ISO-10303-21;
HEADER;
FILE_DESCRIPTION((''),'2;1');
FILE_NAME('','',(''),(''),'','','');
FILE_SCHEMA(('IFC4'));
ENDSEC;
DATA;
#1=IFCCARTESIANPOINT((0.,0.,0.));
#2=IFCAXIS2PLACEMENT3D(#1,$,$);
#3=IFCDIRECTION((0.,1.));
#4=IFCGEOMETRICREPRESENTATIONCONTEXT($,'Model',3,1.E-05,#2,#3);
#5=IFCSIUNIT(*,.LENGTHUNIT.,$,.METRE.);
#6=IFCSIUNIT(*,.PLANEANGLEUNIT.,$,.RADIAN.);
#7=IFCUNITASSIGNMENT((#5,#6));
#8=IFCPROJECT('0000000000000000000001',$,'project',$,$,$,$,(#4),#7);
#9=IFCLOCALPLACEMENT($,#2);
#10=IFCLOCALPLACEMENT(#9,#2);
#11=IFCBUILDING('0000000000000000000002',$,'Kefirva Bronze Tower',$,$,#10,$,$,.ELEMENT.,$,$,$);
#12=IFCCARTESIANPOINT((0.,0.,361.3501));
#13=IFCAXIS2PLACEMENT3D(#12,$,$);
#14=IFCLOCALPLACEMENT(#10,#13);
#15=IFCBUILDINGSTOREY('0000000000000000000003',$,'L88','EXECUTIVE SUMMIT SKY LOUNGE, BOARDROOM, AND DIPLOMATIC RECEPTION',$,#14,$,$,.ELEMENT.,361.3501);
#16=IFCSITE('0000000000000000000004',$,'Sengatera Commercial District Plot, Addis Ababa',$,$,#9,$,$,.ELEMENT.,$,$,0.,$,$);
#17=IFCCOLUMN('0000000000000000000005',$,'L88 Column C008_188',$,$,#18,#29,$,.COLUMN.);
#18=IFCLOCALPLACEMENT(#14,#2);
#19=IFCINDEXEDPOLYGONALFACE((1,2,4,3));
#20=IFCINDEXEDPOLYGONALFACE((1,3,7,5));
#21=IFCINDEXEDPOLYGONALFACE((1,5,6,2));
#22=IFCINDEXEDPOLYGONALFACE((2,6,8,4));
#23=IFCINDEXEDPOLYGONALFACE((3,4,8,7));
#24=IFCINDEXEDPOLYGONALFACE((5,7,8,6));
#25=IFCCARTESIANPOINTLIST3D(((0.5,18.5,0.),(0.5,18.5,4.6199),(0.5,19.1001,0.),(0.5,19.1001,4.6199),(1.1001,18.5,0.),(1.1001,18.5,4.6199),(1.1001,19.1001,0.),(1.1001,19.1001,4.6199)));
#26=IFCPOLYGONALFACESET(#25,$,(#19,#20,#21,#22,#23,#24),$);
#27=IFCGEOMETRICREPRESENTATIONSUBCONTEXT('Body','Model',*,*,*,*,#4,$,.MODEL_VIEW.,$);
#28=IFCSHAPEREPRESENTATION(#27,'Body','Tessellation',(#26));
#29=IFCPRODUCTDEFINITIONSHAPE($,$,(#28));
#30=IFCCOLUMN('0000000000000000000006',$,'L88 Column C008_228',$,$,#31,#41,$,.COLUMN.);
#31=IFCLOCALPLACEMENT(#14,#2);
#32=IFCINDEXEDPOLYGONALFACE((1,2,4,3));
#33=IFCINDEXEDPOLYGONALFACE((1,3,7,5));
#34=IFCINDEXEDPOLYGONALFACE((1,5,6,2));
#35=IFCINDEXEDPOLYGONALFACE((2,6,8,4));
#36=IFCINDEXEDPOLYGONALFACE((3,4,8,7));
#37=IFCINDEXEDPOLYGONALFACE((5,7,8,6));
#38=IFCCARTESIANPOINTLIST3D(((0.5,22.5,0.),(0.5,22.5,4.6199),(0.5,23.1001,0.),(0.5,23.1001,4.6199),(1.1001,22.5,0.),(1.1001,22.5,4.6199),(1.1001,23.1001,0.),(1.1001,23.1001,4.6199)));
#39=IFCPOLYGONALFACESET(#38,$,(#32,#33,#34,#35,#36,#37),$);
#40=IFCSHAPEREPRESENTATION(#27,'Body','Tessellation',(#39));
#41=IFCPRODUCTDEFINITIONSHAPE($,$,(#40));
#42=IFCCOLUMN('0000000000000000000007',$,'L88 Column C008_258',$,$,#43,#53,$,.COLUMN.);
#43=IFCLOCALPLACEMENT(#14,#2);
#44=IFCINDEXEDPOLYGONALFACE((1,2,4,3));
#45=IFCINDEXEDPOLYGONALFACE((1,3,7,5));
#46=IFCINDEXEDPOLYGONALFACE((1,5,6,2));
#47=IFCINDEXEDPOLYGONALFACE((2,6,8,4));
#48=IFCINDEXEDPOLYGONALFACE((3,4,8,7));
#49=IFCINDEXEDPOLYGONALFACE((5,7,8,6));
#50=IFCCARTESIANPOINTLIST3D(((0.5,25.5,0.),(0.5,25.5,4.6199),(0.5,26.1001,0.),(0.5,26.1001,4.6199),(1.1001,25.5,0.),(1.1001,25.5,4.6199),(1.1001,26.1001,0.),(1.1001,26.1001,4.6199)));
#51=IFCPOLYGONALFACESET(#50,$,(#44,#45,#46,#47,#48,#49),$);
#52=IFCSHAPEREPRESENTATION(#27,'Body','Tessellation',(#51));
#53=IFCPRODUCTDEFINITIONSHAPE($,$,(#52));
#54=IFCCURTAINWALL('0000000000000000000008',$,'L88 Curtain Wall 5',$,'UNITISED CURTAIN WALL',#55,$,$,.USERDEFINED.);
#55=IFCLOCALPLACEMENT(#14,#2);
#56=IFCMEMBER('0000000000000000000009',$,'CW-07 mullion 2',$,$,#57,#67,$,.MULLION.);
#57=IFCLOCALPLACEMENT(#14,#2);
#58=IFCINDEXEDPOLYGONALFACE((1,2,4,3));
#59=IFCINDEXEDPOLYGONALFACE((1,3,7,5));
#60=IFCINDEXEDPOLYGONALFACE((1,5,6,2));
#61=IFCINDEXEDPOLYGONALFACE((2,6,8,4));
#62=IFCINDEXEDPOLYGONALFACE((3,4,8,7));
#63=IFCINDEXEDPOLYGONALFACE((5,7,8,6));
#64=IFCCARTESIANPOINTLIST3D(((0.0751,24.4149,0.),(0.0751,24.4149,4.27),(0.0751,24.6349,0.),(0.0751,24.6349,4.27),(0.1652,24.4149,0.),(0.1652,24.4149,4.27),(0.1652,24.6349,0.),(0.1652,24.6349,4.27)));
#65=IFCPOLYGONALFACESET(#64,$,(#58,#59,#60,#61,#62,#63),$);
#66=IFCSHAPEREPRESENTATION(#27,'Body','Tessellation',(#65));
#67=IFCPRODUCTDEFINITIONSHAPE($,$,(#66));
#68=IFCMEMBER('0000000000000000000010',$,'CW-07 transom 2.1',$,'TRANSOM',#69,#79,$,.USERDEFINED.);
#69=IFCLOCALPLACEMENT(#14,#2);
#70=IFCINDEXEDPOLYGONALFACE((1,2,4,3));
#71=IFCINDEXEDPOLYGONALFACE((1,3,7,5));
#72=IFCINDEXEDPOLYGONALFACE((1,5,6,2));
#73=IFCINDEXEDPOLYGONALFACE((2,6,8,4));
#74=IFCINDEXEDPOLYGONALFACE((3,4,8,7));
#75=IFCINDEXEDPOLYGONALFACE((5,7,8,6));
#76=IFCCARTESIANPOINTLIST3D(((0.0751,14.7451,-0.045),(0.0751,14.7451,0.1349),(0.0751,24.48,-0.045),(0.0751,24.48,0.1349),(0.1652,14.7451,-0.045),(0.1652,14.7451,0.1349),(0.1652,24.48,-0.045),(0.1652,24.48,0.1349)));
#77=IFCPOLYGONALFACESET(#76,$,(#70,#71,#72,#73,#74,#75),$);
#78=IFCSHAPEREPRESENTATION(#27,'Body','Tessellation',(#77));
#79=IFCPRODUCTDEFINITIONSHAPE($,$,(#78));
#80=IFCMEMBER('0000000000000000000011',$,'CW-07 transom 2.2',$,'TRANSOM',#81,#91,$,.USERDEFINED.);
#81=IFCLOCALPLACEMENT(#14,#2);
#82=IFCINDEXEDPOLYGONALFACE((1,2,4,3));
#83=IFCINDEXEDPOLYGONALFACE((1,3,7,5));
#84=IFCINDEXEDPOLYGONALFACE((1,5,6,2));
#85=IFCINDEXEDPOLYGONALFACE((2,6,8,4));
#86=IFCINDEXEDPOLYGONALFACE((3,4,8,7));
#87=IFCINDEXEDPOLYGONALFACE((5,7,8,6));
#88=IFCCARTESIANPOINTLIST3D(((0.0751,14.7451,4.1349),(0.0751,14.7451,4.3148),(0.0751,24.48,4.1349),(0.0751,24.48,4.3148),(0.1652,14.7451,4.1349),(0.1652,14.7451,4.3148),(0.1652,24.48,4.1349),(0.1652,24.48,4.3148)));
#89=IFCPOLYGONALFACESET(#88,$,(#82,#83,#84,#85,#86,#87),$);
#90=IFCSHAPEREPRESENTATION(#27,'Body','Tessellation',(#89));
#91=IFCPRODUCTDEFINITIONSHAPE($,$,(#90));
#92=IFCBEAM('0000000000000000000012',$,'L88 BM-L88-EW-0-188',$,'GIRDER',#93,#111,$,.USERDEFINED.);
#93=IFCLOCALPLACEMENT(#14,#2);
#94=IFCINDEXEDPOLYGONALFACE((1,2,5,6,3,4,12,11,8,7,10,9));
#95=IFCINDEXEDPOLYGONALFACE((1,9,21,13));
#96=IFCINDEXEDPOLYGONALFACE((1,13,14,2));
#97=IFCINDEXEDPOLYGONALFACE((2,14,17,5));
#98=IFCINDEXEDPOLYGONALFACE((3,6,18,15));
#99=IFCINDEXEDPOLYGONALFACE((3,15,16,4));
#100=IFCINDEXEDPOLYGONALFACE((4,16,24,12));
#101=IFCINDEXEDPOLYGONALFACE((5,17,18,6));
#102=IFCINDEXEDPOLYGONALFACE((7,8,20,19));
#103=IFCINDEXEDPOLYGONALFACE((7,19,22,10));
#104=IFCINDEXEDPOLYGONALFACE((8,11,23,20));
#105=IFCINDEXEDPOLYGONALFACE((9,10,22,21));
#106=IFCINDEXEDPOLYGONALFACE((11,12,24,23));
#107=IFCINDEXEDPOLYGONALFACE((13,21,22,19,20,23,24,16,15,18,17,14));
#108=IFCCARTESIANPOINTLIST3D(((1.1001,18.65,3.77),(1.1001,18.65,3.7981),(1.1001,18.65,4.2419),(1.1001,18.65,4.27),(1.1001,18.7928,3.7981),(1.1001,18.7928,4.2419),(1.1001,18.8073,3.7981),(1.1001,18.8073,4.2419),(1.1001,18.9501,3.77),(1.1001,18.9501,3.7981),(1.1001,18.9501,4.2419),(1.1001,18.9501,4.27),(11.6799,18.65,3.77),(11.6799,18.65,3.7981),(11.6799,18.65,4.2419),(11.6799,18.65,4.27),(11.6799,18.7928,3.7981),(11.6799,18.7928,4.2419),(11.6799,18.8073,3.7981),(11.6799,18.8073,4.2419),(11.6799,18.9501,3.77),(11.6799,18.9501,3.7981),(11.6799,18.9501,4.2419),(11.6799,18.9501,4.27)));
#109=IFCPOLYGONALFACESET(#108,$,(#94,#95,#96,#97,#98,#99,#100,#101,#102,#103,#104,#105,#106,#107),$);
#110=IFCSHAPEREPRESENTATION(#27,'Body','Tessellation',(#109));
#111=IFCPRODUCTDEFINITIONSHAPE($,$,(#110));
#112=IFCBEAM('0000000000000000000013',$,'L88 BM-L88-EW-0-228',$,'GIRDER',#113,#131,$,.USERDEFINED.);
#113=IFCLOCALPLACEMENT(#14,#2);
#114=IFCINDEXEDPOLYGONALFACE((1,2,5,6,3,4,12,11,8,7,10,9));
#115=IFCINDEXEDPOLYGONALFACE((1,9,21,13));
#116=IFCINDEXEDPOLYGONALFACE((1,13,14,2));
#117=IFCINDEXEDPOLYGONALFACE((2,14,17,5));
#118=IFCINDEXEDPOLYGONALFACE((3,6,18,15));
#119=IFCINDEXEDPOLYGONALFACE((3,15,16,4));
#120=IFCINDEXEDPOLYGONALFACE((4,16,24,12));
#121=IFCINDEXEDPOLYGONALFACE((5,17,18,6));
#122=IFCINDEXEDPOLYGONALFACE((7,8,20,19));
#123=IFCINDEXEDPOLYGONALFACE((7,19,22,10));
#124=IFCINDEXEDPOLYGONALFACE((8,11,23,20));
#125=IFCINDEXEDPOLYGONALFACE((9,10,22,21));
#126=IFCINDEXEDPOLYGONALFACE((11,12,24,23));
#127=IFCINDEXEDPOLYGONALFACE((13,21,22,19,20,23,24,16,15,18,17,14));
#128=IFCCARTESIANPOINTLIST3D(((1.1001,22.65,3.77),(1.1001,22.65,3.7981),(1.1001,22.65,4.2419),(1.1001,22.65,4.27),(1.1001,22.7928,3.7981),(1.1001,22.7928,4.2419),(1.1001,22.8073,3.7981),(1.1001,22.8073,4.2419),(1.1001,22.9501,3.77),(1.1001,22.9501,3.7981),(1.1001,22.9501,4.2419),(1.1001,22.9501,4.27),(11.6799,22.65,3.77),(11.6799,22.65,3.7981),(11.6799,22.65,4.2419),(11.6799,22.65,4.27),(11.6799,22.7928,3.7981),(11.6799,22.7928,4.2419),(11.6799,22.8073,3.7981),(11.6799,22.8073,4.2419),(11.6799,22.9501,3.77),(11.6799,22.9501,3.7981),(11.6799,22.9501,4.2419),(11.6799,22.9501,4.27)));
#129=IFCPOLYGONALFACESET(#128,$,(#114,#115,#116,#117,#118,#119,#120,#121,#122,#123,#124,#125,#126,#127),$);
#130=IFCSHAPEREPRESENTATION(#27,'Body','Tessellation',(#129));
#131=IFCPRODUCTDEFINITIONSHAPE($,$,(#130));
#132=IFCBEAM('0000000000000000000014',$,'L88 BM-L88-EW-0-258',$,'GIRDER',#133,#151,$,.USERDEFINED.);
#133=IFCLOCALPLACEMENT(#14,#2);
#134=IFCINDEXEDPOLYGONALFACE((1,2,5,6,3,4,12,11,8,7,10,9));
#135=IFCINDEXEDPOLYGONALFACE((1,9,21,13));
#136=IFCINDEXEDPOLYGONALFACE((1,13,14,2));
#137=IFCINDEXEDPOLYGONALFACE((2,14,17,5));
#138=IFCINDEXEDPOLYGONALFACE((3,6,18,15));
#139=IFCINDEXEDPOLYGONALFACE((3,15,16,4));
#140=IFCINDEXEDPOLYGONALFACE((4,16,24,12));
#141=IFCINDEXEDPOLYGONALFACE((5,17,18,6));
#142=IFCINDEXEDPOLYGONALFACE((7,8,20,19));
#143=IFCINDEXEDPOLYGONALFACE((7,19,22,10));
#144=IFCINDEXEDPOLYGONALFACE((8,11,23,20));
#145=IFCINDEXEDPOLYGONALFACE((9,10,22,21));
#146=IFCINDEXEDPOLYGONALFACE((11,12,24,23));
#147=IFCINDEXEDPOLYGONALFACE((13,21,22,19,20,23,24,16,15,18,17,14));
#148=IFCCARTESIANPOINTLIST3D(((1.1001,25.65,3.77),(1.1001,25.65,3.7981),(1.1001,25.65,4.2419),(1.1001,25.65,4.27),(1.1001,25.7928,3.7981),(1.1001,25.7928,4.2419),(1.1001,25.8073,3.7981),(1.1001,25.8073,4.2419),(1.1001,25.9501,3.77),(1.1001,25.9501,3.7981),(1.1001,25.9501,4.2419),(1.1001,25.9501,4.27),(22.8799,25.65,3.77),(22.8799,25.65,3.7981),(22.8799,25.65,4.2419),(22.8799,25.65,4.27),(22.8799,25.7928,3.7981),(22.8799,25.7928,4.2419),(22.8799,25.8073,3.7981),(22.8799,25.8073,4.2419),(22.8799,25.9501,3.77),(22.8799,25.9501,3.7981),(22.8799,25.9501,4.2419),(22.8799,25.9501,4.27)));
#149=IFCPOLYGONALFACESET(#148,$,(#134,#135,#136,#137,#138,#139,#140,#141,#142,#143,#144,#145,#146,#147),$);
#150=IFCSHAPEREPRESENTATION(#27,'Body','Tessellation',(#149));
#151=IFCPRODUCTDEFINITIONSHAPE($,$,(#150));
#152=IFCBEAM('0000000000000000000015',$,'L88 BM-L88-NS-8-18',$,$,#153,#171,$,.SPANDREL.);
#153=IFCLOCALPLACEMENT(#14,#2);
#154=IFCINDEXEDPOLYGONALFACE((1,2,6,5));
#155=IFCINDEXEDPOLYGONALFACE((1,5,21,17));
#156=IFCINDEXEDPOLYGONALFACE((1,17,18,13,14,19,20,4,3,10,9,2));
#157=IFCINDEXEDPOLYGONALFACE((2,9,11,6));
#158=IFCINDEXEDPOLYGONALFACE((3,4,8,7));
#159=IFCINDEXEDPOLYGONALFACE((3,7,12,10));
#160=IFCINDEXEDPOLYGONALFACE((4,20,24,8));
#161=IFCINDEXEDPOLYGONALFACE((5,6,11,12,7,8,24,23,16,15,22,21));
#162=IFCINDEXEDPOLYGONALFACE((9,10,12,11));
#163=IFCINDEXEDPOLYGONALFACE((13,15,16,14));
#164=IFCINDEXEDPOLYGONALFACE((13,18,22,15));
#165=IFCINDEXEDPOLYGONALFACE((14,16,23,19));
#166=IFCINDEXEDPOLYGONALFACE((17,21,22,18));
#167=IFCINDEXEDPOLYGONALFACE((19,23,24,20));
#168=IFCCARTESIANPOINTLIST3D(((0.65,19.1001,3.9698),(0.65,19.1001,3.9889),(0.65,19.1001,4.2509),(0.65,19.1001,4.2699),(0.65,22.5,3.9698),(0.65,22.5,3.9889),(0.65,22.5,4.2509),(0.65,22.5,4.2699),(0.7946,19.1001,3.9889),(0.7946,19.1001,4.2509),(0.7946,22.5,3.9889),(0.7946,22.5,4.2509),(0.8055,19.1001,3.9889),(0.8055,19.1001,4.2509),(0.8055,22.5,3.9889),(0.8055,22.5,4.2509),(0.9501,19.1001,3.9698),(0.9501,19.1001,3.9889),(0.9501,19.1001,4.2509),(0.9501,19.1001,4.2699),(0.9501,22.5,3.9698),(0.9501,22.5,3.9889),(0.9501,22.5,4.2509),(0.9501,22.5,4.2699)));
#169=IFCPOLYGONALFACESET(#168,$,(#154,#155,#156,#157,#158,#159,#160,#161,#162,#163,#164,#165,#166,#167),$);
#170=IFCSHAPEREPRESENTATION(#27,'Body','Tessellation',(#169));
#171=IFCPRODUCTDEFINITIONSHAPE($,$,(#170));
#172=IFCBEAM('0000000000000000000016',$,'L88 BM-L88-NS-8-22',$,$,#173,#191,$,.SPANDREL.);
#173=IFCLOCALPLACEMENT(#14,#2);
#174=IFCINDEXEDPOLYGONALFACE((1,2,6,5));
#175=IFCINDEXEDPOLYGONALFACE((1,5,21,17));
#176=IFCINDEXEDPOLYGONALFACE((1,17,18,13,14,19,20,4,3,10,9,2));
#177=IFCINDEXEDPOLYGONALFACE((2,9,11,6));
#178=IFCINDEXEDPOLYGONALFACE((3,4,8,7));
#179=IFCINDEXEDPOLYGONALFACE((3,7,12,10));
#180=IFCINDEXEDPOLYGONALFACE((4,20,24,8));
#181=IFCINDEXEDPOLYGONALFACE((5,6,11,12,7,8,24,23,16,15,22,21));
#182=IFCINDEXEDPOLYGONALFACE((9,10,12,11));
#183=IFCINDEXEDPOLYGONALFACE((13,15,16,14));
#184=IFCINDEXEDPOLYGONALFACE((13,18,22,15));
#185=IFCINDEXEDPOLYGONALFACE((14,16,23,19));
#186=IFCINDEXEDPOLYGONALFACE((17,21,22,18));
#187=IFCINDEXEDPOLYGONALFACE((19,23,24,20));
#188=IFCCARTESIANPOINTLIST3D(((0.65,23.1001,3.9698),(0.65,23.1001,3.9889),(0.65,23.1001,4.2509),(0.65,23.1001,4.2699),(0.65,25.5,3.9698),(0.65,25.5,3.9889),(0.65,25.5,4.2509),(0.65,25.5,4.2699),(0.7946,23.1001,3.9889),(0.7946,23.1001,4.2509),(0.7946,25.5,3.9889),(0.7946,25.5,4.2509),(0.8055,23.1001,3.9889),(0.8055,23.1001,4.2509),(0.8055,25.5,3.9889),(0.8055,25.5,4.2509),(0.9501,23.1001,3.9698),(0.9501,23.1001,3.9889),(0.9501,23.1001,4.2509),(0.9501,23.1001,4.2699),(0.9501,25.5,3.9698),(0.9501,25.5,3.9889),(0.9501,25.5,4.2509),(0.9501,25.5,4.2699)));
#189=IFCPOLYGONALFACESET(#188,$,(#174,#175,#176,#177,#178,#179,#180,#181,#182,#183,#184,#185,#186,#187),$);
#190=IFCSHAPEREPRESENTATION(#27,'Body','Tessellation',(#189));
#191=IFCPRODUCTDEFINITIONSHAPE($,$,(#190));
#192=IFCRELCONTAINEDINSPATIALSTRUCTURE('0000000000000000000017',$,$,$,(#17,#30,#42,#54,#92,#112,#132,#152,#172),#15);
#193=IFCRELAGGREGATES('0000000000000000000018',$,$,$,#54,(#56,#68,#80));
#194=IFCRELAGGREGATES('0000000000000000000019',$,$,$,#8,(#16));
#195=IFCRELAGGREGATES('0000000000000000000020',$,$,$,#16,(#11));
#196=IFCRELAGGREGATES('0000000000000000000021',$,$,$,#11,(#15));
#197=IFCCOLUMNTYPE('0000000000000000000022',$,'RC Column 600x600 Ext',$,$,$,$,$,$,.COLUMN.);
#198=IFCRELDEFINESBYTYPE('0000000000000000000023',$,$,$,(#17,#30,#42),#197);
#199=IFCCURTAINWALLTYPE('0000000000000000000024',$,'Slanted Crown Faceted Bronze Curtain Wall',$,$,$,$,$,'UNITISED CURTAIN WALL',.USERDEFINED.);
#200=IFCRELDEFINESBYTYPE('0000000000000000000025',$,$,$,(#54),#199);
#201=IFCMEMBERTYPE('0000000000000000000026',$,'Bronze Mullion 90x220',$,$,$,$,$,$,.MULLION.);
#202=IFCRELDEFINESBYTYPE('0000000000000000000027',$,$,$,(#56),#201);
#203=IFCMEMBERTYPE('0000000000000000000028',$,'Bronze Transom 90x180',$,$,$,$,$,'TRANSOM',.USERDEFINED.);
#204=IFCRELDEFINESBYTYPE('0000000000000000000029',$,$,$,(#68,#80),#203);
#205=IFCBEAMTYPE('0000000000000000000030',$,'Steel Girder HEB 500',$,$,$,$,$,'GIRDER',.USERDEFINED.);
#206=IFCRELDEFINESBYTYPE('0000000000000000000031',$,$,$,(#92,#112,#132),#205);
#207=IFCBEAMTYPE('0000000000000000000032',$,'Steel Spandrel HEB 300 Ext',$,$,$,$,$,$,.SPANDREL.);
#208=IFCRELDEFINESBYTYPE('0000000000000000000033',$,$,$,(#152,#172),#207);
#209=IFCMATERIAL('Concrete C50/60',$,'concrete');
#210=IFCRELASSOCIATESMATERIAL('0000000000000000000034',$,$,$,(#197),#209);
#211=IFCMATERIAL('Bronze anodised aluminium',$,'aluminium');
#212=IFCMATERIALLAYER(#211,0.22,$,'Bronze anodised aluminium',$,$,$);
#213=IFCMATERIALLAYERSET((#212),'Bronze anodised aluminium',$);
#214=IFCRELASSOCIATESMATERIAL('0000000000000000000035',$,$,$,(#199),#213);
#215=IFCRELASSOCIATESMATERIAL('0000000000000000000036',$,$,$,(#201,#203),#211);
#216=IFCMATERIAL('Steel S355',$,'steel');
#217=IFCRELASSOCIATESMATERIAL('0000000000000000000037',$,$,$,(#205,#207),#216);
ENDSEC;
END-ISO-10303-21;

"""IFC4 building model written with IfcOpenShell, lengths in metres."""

from ifc_helpers import new_model, si_unit, direction, frame, origin, origin_2d, place, context, subcontext, project, spatial, rectangle, i_section, extrude, material, layer, layer_set, material_profile, profile_set, type_object, element, aggregate, save


model = new_model("IFC4")

# Units and contexts
model_context = context("Model", 3, precision=1e-05, world=origin(), true_north=direction((0.0, 1.0)))
body_context = subcontext(model_context, "Body", "Model", "MODEL_VIEW")
ifc_project = project(units=[si_unit("LENGTHUNIT", "METRE"), si_unit("PLANEANGLEUNIT", "RADIAN")], contexts=[model_context])

# Site, building, storey
site_placement = place(None, origin())
site = spatial("IfcSite", under=ifc_project, at=site_placement, Name="Sengatera Commercial District Plot, Addis Ababa", CompositionType="ELEMENT", RefElevation=0.0)
building_placement = place(site_placement, origin())
building = spatial("IfcBuilding", under=site, at=building_placement, Name="Kefirva Bronze Tower", CompositionType="ELEMENT")
storey_placement = place(building_placement, frame((0.0, 0.0, 361.3501)))
storey = spatial("IfcBuildingStorey", under=building, at=storey_placement, Name="L88", Description="EXECUTIVE SUMMIT SKY LOUNGE, BOARDROOM, AND DIPLOMATIC RECEPTION", CompositionType="ELEMENT", Elevation=361.3501)

# Columns
ifc_material_1 = material(Name="Concrete C50/60", Category="concrete")
ifc_material_profile_1 = material_profile(ifc_material_1, rectangle(XDim=0.6001, YDim=0.6001, at=origin_2d()), Name="RC 600x600")
ifc_profile_set_1 = profile_set([ifc_material_profile_1], Name="Concrete C50/60")
column_type = type_object("IfcColumnType", Name="RC Column 600x600 Ext", PredefinedType="COLUMN", material=ifc_profile_set_1)
for number, where, z_axis, x_axis, name in (
    (1, (0.8, 18.8, 0.0), (0.0, 0.0, 1.0), (1.0, 0.0, 0.0), "L88 Column C008_188"),
    (2, (0.8, 22.8, 0.0), (0.0, 0.0, 1.0), (1.0, 0.0, 0.0), "L88 Column C008_228"),
    (3, (0.8, 25.8, 0.0), (0.0, 0.0, 1.0), (1.0, 0.0, 0.0), "L88 Column C008_258"),
):
    element("IfcColumn", number, at=place(storey_placement, frame(where, z_axis=z_axis, x_axis=x_axis)), inside=storey, type_object=column_type, Name=name, PredefinedType="COLUMN", context=body_context, shape_type="SweptSolid", body=[
        extrude(rectangle(XDim=0.6001, YDim=0.6001, at=origin_2d()), origin(), (0.0, 0.0, 1.0), 4.6199),
    ])

# Curtain wall, members
ifc_material_2 = material(Name="Bronze anodised aluminium", Category="aluminium")
ifc_layer_1 = layer(ifc_material_2, 0.22, Name="Bronze anodised aluminium")
ifc_layer_set_1 = layer_set([ifc_layer_1], Name="Bronze anodised aluminium")
curtain_wall_type = type_object("IfcCurtainWallType", Name="Slanted Crown Faceted Bronze Curtain Wall", ElementType="UNITISED CURTAIN WALL", PredefinedType="USERDEFINED", material=ifc_layer_set_1)
curtain_wall_placement = place(storey_placement, origin())
curtain_wall = element("IfcCurtainWall", 4, at=curtain_wall_placement, inside=storey, type_object=curtain_wall_type, Name="L88 Curtain Wall 5", ObjectType="UNITISED CURTAIN WALL", PredefinedType="USERDEFINED")
ifc_material_profile_2 = material_profile(ifc_material_2, rectangle(XDim=0.0901, YDim=0.22, at=origin_2d()), Name="ALU 90x220")
ifc_profile_set_2 = profile_set([ifc_material_profile_2], Name="Bronze anodised aluminium")
member_type_1 = type_object("IfcMemberType", Name="Bronze Mullion 90x220", PredefinedType="MULLION", material=ifc_profile_set_2)
member_1_placement = place(storey_placement, frame((0.1201, 24.5249, 0.0), z_axis=(0.0, 0.0, 1.0), x_axis=(1.0, 0.0, 0.0)))
member_1 = element("IfcMember", 5, at=member_1_placement, type_object=member_type_1, Name="CW-07 mullion 2", PredefinedType="MULLION", context=body_context, shape_type="SweptSolid", body=[
    extrude(rectangle(XDim=0.0901, YDim=0.22, at=origin_2d()), origin(), (0.0, 0.0, 1.0), 4.27),
])
ifc_material_profile_3 = material_profile(ifc_material_2, rectangle(XDim=0.0901, YDim=0.1799, at=origin_2d()), Name="ALU 90x180")
ifc_profile_set_3 = profile_set([ifc_material_profile_3], Name="Bronze anodised aluminium")
member_type_2 = type_object("IfcMemberType", Name="Bronze Transom 90x180", ElementType="TRANSOM", PredefinedType="USERDEFINED", material=ifc_profile_set_3)
member_2_placement = place(storey_placement, frame((0.1201, 24.48, 0.0449), z_axis=(0.0, -1.0, 0.0), x_axis=(1.0, 0.0, 0.0)))
member_2 = element("IfcMember", 6, at=member_2_placement, type_object=member_type_2, Name="CW-07 transom 2.1", ObjectType="TRANSOM", PredefinedType="USERDEFINED", context=body_context, shape_type="SweptSolid", body=[
    extrude(rectangle(XDim=0.0901, YDim=0.1799, at=origin_2d()), origin(), (0.0, 0.0, 1.0), 9.7349),
])
member_3_placement = place(storey_placement, frame((0.1201, 24.48, 4.2249), z_axis=(0.0, -1.0, 0.0), x_axis=(1.0, 0.0, 0.0)))
member_3 = element("IfcMember", 7, at=member_3_placement, type_object=member_type_2, Name="CW-07 transom 2.2", ObjectType="TRANSOM", PredefinedType="USERDEFINED", context=body_context, shape_type="SweptSolid", body=[
    extrude(rectangle(XDim=0.0901, YDim=0.1799, at=origin_2d()), origin(), (0.0, 0.0, 1.0), 9.7349),
])

# Beams
ifc_material_3 = material(Name="Steel S355", Category="steel")
ifc_material_profile_4 = material_profile(ifc_material_3, i_section(OverallWidth=0.3, OverallDepth=0.5, WebThickness=0.0144, FlangeThickness=0.0281, at=origin_2d()), Name="HEB 500")
ifc_profile_set_4 = profile_set([ifc_material_profile_4], Name="Steel S355")
beam_type_1 = type_object("IfcBeamType", Name="Steel Girder HEB 500", ElementType="GIRDER", PredefinedType="USERDEFINED", material=ifc_profile_set_4)
for number, where, z_axis, x_axis, name in (
    (8, (1.1001, 18.8, 4.02), (1.0, 0.0, 0.0), (0.0, 1.0, 0.0), "L88 BM-L88-EW-0-188"),
    (9, (1.1001, 22.8, 4.02), (1.0, 0.0, 0.0), (0.0, 1.0, 0.0), "L88 BM-L88-EW-0-228"),
):
    element("IfcBeam", number, at=place(storey_placement, frame(where, z_axis=z_axis, x_axis=x_axis)), inside=storey, type_object=beam_type_1, Name=name, ObjectType="GIRDER", PredefinedType="USERDEFINED", context=body_context, shape_type="SweptSolid", body=[
        extrude(i_section(OverallWidth=0.3, OverallDepth=0.5, WebThickness=0.0144, FlangeThickness=0.0281, at=origin_2d()), origin(), (0.0, 0.0, 1.0), 10.5798),
    ])
beam_1_placement = place(storey_placement, frame((1.1001, 25.8, 4.02), z_axis=(1.0, 0.0, 0.0), x_axis=(0.0, 1.0, 0.0)))
element("IfcBeam", 10, at=beam_1_placement, inside=storey, type_object=beam_type_1, Name="L88 BM-L88-EW-0-258", ObjectType="GIRDER", PredefinedType="USERDEFINED", context=body_context, shape_type="SweptSolid", body=[
    extrude(i_section(OverallWidth=0.3, OverallDepth=0.5, WebThickness=0.0144, FlangeThickness=0.0281, at=origin_2d()), origin(), (0.0, 0.0, 1.0), 21.7798),
])
ifc_material_profile_5 = material_profile(ifc_material_3, i_section(OverallWidth=0.3, OverallDepth=0.3, WebThickness=0.011, FlangeThickness=0.019, at=origin_2d()), Name="HEB 300")
ifc_profile_set_5 = profile_set([ifc_material_profile_5], Name="Steel S355")
beam_type_2 = type_object("IfcBeamType", Name="Steel Spandrel HEB 300 Ext", PredefinedType="SPANDREL", material=ifc_profile_set_5)
beam_2_placement = place(storey_placement, frame((0.8, 19.1001, 4.1199), z_axis=(0.0, 1.0, 0.0), x_axis=(-1.0, 0.0, 0.0)))
element("IfcBeam", 11, at=beam_2_placement, inside=storey, type_object=beam_type_2, Name="L88 BM-L88-NS-8-18", PredefinedType="SPANDREL", context=body_context, shape_type="SweptSolid", body=[
    extrude(i_section(OverallWidth=0.3, OverallDepth=0.3, WebThickness=0.011, FlangeThickness=0.019, at=origin_2d()), origin(), (0.0, 0.0, 1.0), 3.3999),
])
beam_3_placement = place(storey_placement, frame((0.8, 23.1001, 4.1199), z_axis=(0.0, 1.0, 0.0), x_axis=(-1.0, 0.0, 0.0)))
element("IfcBeam", 12, at=beam_3_placement, inside=storey, type_object=beam_type_2, Name="L88 BM-L88-NS-8-22", PredefinedType="SPANDREL", context=body_context, shape_type="SweptSolid", body=[
    extrude(i_section(OverallWidth=0.3, OverallDepth=0.3, WebThickness=0.011, FlangeThickness=0.019, at=origin_2d()), origin(), (0.0, 0.0, 1.0), 2.3999),
])

aggregate(curtain_wall, [member_1, member_2, member_3])

save(model, "model.ifc")
